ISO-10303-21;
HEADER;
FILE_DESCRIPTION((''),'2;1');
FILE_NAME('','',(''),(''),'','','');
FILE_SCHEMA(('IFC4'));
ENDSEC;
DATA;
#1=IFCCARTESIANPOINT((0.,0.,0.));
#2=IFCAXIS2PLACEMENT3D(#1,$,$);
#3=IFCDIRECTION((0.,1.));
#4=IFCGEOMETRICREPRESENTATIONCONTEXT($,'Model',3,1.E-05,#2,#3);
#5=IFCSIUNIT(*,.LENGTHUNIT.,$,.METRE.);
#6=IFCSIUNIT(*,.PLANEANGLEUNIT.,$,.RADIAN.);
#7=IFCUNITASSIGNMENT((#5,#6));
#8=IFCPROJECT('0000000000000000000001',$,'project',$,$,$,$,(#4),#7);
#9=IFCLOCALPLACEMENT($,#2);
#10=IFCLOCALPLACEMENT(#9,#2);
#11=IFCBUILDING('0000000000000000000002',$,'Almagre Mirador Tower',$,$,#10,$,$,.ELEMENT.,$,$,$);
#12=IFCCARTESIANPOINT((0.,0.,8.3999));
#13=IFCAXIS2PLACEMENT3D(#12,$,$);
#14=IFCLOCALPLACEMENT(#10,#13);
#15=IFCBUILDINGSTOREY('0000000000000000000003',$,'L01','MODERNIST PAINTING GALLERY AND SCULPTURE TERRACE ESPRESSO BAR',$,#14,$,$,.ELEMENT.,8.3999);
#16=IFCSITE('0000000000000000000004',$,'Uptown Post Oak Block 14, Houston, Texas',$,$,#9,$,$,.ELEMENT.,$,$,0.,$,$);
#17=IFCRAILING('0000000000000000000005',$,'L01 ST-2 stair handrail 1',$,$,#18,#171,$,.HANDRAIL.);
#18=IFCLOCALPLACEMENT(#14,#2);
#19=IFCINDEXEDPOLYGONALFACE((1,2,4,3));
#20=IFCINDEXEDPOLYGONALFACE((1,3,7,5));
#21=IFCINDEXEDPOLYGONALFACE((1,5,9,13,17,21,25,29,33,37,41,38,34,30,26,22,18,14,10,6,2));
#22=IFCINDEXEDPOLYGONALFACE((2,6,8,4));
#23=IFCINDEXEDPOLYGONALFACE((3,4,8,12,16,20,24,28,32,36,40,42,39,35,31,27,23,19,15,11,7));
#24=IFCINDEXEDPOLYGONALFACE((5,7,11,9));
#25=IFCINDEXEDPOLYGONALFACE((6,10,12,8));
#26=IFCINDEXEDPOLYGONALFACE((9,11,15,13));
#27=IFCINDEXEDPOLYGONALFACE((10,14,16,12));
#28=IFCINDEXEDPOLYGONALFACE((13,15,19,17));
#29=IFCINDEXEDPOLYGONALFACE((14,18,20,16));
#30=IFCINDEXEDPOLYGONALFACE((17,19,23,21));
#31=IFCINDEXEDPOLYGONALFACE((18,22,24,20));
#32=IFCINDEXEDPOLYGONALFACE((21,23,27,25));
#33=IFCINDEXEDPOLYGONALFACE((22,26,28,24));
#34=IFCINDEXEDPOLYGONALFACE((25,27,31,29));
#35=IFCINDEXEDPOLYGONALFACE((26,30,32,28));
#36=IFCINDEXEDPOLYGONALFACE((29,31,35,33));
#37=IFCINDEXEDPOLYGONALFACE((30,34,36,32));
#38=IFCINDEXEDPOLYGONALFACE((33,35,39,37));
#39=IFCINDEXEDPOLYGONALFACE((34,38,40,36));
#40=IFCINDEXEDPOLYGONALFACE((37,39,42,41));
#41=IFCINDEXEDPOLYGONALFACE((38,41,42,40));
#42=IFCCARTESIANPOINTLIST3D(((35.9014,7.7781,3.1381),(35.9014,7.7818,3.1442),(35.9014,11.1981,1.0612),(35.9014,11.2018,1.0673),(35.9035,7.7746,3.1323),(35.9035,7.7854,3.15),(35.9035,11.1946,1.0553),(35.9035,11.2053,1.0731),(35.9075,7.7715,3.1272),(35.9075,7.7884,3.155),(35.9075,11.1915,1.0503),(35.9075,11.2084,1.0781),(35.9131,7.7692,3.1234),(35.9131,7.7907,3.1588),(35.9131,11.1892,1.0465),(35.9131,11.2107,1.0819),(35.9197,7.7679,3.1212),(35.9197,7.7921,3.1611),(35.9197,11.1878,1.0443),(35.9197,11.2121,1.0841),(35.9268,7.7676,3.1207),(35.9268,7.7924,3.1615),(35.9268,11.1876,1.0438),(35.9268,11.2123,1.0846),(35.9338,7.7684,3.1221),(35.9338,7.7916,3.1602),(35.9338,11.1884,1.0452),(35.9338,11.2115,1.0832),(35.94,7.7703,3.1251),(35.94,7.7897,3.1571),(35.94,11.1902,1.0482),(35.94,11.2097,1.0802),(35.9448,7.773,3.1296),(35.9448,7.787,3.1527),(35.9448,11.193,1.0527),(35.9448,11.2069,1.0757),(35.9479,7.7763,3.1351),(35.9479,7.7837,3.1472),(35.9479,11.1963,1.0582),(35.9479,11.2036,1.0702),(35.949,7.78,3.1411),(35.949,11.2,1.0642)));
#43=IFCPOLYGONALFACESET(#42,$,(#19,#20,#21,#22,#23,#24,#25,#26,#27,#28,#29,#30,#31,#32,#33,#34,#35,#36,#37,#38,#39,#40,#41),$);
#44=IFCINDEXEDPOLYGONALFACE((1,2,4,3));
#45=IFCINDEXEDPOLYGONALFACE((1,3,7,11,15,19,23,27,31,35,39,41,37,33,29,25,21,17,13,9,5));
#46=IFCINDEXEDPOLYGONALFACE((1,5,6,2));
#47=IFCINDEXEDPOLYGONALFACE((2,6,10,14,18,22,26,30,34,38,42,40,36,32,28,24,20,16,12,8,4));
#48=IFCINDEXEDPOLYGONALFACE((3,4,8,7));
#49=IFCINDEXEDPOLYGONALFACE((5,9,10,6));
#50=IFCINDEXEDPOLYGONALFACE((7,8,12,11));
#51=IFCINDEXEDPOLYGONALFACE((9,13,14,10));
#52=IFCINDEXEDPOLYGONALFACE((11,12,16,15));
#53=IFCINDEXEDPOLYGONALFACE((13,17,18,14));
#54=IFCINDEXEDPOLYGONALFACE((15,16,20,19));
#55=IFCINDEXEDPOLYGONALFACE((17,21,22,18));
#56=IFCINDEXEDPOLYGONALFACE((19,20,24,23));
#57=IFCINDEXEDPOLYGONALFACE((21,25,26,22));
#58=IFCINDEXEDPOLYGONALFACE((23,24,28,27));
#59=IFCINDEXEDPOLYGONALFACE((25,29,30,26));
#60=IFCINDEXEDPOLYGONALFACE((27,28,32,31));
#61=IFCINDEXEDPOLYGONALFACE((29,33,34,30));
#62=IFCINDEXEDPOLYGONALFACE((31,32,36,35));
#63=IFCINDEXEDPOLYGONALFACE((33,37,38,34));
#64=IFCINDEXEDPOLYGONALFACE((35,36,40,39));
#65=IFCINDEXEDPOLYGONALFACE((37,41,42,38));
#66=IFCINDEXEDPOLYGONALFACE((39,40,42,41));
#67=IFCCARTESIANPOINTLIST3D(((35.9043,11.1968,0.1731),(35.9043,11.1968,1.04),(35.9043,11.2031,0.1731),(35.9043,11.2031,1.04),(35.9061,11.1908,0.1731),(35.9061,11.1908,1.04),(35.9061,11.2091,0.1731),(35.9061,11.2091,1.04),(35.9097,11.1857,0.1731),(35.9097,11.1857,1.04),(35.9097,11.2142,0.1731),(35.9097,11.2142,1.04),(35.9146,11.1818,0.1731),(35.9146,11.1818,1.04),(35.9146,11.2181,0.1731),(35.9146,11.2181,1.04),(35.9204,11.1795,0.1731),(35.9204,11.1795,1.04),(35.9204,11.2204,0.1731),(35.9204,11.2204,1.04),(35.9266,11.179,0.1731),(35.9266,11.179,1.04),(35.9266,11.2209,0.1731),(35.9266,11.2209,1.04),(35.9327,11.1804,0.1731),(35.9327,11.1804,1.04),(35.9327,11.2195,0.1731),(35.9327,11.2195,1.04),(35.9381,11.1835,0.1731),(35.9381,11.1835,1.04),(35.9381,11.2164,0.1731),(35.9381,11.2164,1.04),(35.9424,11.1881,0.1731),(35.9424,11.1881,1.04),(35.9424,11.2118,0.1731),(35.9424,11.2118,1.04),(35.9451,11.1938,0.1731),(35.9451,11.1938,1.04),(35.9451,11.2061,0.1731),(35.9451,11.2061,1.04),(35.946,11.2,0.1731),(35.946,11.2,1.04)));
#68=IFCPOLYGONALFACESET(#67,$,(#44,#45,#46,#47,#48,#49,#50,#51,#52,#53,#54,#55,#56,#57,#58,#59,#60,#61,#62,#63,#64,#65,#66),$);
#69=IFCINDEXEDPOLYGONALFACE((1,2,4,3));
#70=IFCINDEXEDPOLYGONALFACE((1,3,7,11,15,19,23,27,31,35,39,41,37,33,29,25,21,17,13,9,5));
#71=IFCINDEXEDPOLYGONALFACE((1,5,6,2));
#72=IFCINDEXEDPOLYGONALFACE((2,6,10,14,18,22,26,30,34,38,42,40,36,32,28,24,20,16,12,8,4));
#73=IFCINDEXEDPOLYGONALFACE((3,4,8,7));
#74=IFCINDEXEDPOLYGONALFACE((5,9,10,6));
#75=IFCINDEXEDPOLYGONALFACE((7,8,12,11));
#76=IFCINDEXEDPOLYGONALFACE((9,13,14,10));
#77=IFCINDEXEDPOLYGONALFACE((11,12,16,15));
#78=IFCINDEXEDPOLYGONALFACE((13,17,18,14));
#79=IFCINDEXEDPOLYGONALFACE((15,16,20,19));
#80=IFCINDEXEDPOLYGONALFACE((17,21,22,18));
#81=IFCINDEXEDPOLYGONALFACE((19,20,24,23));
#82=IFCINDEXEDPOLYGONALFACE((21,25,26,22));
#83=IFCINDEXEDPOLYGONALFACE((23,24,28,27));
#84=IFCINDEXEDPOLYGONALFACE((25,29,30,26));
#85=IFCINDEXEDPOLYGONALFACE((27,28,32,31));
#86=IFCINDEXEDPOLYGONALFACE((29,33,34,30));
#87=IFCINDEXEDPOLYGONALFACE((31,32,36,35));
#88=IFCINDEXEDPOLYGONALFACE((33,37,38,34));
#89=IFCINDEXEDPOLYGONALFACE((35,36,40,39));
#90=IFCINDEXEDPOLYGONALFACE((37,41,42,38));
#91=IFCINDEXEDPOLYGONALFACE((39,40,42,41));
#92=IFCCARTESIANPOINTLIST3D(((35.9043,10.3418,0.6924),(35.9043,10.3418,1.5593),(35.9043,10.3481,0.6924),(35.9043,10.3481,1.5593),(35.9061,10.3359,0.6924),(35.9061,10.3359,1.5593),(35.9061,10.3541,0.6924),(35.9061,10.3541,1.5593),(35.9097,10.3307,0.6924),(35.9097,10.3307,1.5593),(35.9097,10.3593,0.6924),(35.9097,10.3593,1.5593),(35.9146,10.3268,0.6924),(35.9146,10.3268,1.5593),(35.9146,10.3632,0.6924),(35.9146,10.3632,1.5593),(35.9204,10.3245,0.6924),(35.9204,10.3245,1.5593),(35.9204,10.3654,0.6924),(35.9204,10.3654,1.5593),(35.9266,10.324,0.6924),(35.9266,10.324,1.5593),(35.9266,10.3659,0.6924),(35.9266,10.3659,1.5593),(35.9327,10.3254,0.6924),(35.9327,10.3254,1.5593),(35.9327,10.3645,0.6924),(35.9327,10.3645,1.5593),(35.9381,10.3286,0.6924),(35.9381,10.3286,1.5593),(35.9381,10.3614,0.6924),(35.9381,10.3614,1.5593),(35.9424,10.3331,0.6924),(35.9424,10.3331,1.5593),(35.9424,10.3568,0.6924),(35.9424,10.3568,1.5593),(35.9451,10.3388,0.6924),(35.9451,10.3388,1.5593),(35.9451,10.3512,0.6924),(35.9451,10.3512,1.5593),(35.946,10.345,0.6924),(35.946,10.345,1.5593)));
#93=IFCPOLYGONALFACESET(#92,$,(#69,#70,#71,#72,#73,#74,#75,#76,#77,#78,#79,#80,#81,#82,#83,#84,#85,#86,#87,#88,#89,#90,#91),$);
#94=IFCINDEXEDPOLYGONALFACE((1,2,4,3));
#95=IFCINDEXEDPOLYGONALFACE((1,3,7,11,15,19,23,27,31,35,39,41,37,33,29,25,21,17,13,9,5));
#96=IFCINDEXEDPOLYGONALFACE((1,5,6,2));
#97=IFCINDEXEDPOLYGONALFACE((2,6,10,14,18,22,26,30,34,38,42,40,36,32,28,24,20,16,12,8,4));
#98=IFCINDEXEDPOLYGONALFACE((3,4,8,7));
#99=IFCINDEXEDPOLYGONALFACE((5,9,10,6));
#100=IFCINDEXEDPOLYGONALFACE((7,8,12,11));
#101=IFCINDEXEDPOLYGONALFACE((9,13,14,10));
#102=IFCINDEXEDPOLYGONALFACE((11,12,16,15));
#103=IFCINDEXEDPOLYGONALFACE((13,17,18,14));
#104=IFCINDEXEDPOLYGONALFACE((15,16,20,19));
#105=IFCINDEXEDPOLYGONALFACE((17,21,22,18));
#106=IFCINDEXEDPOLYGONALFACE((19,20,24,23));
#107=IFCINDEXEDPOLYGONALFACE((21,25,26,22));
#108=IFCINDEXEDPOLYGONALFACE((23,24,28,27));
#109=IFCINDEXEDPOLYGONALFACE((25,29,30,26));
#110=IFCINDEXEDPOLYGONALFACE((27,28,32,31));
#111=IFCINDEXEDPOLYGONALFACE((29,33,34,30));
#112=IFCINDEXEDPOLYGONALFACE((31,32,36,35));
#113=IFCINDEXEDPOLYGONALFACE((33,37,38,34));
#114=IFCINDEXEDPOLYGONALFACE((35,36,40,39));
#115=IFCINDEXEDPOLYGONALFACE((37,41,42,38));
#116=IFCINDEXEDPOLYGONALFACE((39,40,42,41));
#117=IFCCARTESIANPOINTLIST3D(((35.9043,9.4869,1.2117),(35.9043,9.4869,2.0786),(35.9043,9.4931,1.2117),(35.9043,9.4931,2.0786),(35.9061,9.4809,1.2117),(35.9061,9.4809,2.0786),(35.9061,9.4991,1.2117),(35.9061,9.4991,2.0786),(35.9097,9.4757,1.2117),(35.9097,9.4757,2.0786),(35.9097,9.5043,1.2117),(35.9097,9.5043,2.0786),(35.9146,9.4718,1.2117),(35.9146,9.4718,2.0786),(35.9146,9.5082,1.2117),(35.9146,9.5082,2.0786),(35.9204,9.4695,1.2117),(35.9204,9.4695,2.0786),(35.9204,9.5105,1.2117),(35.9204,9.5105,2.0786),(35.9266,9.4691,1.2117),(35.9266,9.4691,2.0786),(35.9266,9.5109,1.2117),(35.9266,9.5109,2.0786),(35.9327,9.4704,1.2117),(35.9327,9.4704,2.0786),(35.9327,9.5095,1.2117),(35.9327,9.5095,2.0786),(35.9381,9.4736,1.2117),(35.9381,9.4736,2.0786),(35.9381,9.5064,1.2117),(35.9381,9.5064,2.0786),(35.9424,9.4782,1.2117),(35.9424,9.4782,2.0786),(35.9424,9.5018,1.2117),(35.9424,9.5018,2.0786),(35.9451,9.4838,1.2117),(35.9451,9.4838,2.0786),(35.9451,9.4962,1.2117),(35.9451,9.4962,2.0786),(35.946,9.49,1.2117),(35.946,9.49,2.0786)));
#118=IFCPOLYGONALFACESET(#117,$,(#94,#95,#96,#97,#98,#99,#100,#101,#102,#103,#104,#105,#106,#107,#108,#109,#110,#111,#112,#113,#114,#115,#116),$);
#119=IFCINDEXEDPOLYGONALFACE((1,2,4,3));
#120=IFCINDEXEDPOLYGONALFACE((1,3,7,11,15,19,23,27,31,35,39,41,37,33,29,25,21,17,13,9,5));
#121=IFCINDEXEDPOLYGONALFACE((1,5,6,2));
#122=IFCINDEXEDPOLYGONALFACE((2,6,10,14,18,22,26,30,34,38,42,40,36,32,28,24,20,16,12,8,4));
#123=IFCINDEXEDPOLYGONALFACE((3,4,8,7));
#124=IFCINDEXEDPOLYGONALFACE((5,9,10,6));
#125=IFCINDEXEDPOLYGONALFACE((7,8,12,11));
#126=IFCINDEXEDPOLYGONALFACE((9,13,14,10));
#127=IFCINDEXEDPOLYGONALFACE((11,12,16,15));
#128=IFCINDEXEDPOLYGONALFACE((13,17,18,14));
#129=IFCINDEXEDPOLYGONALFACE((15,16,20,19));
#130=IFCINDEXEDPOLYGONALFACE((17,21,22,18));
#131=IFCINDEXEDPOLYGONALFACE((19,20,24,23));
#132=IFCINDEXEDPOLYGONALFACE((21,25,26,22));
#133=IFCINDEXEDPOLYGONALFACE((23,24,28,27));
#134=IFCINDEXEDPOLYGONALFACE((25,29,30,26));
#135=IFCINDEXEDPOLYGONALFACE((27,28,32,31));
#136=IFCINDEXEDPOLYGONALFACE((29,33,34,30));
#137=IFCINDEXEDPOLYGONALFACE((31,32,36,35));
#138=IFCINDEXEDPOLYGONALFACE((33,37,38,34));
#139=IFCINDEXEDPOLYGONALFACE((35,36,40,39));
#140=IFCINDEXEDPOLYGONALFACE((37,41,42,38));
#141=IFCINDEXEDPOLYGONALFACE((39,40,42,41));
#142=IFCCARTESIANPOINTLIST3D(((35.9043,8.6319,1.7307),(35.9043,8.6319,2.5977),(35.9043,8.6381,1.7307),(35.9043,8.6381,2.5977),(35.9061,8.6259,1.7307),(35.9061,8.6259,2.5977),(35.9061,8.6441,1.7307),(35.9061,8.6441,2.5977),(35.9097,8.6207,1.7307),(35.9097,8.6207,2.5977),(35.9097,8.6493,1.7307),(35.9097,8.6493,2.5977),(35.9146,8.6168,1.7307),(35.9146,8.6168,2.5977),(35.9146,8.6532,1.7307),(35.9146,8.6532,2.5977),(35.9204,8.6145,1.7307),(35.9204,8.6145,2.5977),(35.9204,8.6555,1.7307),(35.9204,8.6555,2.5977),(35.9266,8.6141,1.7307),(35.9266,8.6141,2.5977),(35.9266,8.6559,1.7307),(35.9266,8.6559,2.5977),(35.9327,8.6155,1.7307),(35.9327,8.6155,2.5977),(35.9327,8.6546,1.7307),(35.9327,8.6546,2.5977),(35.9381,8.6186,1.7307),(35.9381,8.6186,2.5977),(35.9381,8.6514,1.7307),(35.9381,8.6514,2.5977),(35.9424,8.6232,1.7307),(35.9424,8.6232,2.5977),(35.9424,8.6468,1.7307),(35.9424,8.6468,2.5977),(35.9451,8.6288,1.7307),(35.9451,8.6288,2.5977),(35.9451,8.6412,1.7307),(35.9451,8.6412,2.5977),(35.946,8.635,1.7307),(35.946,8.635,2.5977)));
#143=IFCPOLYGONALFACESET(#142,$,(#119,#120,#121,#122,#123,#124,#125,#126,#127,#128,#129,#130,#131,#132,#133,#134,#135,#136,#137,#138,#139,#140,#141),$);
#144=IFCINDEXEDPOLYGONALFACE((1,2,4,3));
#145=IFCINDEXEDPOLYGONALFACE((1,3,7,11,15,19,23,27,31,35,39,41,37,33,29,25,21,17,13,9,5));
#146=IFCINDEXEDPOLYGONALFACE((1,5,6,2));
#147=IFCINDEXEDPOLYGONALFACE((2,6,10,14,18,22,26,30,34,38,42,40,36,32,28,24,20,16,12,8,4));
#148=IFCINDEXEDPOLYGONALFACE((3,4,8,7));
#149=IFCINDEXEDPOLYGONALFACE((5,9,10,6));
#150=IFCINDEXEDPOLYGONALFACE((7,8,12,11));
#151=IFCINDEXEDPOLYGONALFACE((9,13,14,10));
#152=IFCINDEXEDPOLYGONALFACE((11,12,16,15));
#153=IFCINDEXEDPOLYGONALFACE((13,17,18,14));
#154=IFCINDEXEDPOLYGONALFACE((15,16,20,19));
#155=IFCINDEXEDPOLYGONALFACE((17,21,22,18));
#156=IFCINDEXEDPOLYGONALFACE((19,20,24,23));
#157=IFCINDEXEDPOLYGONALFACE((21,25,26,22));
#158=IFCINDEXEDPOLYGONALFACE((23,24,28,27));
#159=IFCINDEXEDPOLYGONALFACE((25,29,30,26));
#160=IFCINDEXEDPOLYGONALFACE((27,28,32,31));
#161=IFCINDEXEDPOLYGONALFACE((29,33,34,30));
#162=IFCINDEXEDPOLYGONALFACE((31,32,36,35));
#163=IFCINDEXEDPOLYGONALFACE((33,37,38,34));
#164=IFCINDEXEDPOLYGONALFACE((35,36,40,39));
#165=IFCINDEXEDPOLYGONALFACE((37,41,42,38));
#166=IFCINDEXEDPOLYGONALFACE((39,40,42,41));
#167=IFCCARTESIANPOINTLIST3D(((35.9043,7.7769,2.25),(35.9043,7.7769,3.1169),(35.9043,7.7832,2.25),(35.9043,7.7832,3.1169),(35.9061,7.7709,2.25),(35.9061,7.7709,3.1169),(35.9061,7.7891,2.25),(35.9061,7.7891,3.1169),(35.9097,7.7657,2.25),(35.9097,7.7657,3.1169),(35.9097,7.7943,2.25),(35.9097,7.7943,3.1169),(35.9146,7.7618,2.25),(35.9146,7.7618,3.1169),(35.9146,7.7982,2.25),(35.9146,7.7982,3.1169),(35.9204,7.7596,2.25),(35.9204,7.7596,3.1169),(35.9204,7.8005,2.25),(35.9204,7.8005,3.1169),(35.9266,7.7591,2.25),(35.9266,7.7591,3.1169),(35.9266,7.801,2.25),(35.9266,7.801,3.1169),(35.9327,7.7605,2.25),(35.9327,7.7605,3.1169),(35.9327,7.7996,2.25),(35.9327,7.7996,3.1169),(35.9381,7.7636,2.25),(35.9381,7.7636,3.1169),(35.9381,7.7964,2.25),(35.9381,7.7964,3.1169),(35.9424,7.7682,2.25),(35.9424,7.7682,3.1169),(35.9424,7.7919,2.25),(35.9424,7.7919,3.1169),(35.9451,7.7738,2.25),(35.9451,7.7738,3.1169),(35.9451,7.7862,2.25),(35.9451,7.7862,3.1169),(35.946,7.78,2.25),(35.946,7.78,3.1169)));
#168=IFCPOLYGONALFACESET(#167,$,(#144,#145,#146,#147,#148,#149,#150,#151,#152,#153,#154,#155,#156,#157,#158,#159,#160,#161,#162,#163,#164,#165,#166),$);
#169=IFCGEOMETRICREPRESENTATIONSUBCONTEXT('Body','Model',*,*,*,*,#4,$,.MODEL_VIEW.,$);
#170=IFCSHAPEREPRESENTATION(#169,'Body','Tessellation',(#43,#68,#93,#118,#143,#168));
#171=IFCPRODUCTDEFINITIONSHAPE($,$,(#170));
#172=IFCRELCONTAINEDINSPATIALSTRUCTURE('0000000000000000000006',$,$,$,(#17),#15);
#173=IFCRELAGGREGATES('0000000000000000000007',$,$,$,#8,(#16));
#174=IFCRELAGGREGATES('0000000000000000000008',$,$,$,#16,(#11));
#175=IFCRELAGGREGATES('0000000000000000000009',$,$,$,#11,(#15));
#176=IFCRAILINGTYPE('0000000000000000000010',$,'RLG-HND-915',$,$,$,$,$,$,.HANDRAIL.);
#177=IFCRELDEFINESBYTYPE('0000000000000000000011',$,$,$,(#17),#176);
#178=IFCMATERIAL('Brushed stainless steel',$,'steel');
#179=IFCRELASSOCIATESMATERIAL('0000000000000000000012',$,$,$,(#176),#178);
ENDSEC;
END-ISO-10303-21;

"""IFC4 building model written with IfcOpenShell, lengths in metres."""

from ifc_helpers import new_model, si_unit, direction, frame, origin, origin_2d, place, context, subcontext, project, spatial, circle, extrude, material, type_object, element, save


model = new_model("IFC4")

# Units and contexts
model_context = context("Model", 3, precision=1e-05, world=origin(), true_north=direction((0.0, 1.0)))
body_context = subcontext(model_context, "Body", "Model", "MODEL_VIEW")
ifc_project = project(units=[si_unit("LENGTHUNIT", "METRE"), si_unit("PLANEANGLEUNIT", "RADIAN")], contexts=[model_context])

# Site, building, storey
site_placement = place(None, origin())
site = spatial("IfcSite", under=ifc_project, at=site_placement, Name="Uptown Post Oak Block 14, Houston, Texas", CompositionType="ELEMENT", RefElevation=0.0)
building_placement = place(site_placement, origin())
building = spatial("IfcBuilding", under=site, at=building_placement, Name="Almagre Mirador Tower", CompositionType="ELEMENT")
storey_placement = place(building_placement, frame((0.0, 0.0, 8.3999)))
storey = spatial("IfcBuildingStorey", under=building, at=storey_placement, Name="L01", Description="MODERNIST PAINTING GALLERY AND SCULPTURE TERRACE ESPRESSO BAR", CompositionType="ELEMENT", Elevation=8.3999)

# Railing
ifc_material_1 = material(Name="Brushed stainless steel", Category="steel")
railing_type_1 = type_object("IfcRailingType", Name="RLG-HND-915", PredefinedType="HANDRAIL", material=ifc_material_1)
railing_1_placement = place(storey_placement, frame((35.925, 11.2, 0.1731)))
element("IfcRailing", 1, at=railing_1_placement, inside=storey, type_object=railing_type_1, Name="L01 ST-2 stair handrail 1", PredefinedType="HANDRAIL", context=body_context, shape_type="SweptSolid", body=[
    extrude(circle(Radius=0.0239, at=origin_2d()), frame((0.0, 0.0, 0.8911), z_axis=(0.0, -0.85473, 0.519074), x_axis=(1.0, 0.0, 0.0)), (0.0, 0.0, 1.0), 4.0012),
    extrude(circle(Radius=0.021, at=origin_2d()), origin(), (0.0, 0.0, 1.0), 0.8669),
    extrude(circle(Radius=0.021, at=origin_2d()), frame((0.0, -0.855, 0.5193)), (0.0, 0.0, 1.0), 0.8669),
    extrude(circle(Radius=0.021, at=origin_2d()), frame((0.0, -1.71, 1.0386)), (0.0, 0.0, 1.0), 0.8669),
    extrude(circle(Radius=0.021, at=origin_2d()), frame((0.0, -2.5649, 1.5576)), (0.0, 0.0, 1.0), 0.8669),
    extrude(circle(Radius=0.021, at=origin_2d()), frame((0.0, -3.4199, 2.0769)), (0.0, 0.0, 1.0), 0.8669),
])

save(model, "model.ifc")
